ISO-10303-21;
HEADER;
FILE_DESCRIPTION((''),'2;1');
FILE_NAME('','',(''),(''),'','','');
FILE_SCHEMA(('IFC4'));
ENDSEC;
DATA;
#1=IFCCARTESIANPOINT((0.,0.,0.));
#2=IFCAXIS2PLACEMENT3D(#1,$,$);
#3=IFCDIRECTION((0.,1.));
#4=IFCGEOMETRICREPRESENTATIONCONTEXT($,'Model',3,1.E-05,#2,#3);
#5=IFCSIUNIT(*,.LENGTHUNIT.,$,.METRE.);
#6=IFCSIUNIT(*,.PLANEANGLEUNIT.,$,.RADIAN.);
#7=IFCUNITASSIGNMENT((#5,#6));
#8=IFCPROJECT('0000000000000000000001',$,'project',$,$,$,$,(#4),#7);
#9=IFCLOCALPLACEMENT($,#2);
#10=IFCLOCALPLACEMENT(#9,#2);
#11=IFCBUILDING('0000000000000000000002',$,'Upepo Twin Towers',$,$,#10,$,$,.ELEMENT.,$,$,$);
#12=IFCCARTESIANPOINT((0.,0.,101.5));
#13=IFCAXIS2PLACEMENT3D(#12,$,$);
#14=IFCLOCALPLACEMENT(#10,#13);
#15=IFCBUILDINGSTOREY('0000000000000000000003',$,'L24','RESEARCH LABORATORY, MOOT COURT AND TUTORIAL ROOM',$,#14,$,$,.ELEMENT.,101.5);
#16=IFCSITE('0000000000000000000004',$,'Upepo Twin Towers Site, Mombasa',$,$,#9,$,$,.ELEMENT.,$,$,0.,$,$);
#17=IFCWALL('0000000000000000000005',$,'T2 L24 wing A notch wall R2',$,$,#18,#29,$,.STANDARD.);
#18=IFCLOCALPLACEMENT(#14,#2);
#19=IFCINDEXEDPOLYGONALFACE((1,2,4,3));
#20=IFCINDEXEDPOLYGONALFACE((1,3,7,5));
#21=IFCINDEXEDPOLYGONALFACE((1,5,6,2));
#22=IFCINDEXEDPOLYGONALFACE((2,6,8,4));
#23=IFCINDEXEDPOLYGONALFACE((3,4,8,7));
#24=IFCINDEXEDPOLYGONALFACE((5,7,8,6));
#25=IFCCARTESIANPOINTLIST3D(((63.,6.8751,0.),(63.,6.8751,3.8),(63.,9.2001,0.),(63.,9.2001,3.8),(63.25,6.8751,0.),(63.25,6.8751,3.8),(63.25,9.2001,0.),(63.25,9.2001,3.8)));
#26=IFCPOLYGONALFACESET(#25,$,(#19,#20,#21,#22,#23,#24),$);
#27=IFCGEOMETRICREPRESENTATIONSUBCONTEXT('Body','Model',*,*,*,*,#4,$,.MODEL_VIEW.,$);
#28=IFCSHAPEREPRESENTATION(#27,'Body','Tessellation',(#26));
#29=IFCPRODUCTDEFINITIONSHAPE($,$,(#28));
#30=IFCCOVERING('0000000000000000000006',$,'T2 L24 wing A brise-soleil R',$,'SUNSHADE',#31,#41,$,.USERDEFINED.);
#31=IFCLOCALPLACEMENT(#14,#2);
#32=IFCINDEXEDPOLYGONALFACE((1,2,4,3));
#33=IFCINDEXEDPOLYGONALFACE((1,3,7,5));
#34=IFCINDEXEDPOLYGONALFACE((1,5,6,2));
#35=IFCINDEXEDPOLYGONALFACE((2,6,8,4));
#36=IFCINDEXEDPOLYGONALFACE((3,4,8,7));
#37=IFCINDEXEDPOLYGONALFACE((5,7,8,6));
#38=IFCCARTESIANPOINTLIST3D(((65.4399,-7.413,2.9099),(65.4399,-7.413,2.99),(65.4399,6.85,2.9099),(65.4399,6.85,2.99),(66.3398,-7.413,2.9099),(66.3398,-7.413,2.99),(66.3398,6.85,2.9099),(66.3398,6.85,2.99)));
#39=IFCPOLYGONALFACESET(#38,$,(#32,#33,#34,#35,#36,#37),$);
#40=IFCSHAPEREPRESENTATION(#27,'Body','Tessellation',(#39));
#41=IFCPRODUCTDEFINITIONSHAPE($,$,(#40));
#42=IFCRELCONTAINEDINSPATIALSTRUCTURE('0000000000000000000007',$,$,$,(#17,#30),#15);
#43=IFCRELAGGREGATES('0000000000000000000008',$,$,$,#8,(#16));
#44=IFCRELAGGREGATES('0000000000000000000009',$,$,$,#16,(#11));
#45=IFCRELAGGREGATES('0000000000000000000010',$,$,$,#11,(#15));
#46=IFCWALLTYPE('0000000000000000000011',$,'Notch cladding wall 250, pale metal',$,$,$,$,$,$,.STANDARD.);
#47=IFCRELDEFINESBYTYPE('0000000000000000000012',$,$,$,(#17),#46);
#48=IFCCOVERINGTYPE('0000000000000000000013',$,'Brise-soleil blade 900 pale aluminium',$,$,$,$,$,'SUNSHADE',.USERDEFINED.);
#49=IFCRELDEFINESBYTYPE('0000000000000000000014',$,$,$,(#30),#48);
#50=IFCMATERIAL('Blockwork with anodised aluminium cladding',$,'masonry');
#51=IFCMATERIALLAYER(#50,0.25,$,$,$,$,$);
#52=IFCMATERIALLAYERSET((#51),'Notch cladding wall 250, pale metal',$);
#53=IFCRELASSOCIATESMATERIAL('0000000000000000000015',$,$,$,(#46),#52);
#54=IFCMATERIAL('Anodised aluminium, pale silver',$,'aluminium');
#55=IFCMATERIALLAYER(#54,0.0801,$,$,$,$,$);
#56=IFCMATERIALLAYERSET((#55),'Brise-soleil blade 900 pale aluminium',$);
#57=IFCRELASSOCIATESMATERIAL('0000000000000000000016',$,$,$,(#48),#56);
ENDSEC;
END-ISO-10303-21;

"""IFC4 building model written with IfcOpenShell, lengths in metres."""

from ifc_helpers import new_model, si_unit, direction, frame, frame_2d, origin, origin_2d, place, context, subcontext, project, spatial, rectangle, extrude, material, layer, layer_set, type_object, element, save


model = new_model("IFC4")

# Units and contexts
model_context = context("Model", 3, precision=1e-05, world=origin(), true_north=direction((0.0, 1.0)))
body_context = subcontext(model_context, "Body", "Model", "MODEL_VIEW")
ifc_project = project(units=[si_unit("LENGTHUNIT", "METRE"), si_unit("PLANEANGLEUNIT", "RADIAN")], contexts=[model_context])

# Site, building, storey
site_placement = place(None, origin())
site = spatial("IfcSite", under=ifc_project, at=site_placement, Name="Upepo Twin Towers Site, Mombasa", CompositionType="ELEMENT", RefElevation=0.0)
building_placement = place(site_placement, origin())
building = spatial("IfcBuilding", under=site, at=building_placement, Name="Upepo Twin Towers", CompositionType="ELEMENT")
storey_placement = place(building_placement, frame((0.0, 0.0, 101.5)))
storey = spatial("IfcBuildingStorey", under=building, at=storey_placement, Name="L24", Description="RESEARCH LABORATORY, MOOT COURT AND TUTORIAL ROOM", CompositionType="ELEMENT", Elevation=101.5)

# Wall
ifc_material_1 = material(Name="Blockwork with anodised aluminium cladding", Category="masonry")
ifc_layer_1 = layer(ifc_material_1, 0.25)
ifc_layer_set_1 = layer_set([ifc_layer_1], Name="Notch cladding wall 250, pale metal")
wall_type_1 = type_object("IfcWallType", Name="Notch cladding wall 250, pale metal", PredefinedType="STANDARD", material=ifc_layer_set_1)
for number, where, z_axis, x_axis, name in (
    (1, (63.125, 6.875, 0.0), (0.0, 0.0, 1.0), (0.0, 1.0, 0.0), "T2 L24 wing A notch wall R2"),
):
    element("IfcWall", number, at=place(storey_placement, frame(where, z_axis=z_axis, x_axis=x_axis)), inside=storey, type_object=wall_type_1, Name=name, PredefinedType="STANDARD", context=body_context, shape_type="SweptSolid", body=[
        extrude(rectangle(XDim=2.325, YDim=0.25, at=frame_2d((1.1626, 0.0))), origin(), (0.0, 0.0, 1.0), 3.8),
    ])

# Covering
ifc_material_2 = material(Name="Anodised aluminium, pale silver", Category="aluminium")
ifc_layer_2 = layer(ifc_material_2, 0.0801)
ifc_layer_set_2 = layer_set([ifc_layer_2], Name="Brise-soleil blade 900 pale aluminium")
covering_type = type_object("IfcCoveringType", Name="Brise-soleil blade 900 pale aluminium", ElementType="SUNSHADE", PredefinedType="USERDEFINED", material=ifc_layer_set_2)
covering_placement = place(storey_placement, frame((65.8899, -0.2815, 2.9099), z_axis=(0.0, 0.0, 1.0), x_axis=(0.0, 1.0, 0.0)))
element("IfcCovering", 2, at=covering_placement, inside=storey, type_object=covering_type, Name="T2 L24 wing A brise-soleil R", ObjectType="SUNSHADE", PredefinedType="USERDEFINED", context=body_context, shape_type="SweptSolid", body=[
    extrude(rectangle(XDim=14.2629, YDim=0.8999, at=origin_2d()), origin(), (0.0, 0.0, 1.0), 0.0801),
])

save(model, "model.ifc")
